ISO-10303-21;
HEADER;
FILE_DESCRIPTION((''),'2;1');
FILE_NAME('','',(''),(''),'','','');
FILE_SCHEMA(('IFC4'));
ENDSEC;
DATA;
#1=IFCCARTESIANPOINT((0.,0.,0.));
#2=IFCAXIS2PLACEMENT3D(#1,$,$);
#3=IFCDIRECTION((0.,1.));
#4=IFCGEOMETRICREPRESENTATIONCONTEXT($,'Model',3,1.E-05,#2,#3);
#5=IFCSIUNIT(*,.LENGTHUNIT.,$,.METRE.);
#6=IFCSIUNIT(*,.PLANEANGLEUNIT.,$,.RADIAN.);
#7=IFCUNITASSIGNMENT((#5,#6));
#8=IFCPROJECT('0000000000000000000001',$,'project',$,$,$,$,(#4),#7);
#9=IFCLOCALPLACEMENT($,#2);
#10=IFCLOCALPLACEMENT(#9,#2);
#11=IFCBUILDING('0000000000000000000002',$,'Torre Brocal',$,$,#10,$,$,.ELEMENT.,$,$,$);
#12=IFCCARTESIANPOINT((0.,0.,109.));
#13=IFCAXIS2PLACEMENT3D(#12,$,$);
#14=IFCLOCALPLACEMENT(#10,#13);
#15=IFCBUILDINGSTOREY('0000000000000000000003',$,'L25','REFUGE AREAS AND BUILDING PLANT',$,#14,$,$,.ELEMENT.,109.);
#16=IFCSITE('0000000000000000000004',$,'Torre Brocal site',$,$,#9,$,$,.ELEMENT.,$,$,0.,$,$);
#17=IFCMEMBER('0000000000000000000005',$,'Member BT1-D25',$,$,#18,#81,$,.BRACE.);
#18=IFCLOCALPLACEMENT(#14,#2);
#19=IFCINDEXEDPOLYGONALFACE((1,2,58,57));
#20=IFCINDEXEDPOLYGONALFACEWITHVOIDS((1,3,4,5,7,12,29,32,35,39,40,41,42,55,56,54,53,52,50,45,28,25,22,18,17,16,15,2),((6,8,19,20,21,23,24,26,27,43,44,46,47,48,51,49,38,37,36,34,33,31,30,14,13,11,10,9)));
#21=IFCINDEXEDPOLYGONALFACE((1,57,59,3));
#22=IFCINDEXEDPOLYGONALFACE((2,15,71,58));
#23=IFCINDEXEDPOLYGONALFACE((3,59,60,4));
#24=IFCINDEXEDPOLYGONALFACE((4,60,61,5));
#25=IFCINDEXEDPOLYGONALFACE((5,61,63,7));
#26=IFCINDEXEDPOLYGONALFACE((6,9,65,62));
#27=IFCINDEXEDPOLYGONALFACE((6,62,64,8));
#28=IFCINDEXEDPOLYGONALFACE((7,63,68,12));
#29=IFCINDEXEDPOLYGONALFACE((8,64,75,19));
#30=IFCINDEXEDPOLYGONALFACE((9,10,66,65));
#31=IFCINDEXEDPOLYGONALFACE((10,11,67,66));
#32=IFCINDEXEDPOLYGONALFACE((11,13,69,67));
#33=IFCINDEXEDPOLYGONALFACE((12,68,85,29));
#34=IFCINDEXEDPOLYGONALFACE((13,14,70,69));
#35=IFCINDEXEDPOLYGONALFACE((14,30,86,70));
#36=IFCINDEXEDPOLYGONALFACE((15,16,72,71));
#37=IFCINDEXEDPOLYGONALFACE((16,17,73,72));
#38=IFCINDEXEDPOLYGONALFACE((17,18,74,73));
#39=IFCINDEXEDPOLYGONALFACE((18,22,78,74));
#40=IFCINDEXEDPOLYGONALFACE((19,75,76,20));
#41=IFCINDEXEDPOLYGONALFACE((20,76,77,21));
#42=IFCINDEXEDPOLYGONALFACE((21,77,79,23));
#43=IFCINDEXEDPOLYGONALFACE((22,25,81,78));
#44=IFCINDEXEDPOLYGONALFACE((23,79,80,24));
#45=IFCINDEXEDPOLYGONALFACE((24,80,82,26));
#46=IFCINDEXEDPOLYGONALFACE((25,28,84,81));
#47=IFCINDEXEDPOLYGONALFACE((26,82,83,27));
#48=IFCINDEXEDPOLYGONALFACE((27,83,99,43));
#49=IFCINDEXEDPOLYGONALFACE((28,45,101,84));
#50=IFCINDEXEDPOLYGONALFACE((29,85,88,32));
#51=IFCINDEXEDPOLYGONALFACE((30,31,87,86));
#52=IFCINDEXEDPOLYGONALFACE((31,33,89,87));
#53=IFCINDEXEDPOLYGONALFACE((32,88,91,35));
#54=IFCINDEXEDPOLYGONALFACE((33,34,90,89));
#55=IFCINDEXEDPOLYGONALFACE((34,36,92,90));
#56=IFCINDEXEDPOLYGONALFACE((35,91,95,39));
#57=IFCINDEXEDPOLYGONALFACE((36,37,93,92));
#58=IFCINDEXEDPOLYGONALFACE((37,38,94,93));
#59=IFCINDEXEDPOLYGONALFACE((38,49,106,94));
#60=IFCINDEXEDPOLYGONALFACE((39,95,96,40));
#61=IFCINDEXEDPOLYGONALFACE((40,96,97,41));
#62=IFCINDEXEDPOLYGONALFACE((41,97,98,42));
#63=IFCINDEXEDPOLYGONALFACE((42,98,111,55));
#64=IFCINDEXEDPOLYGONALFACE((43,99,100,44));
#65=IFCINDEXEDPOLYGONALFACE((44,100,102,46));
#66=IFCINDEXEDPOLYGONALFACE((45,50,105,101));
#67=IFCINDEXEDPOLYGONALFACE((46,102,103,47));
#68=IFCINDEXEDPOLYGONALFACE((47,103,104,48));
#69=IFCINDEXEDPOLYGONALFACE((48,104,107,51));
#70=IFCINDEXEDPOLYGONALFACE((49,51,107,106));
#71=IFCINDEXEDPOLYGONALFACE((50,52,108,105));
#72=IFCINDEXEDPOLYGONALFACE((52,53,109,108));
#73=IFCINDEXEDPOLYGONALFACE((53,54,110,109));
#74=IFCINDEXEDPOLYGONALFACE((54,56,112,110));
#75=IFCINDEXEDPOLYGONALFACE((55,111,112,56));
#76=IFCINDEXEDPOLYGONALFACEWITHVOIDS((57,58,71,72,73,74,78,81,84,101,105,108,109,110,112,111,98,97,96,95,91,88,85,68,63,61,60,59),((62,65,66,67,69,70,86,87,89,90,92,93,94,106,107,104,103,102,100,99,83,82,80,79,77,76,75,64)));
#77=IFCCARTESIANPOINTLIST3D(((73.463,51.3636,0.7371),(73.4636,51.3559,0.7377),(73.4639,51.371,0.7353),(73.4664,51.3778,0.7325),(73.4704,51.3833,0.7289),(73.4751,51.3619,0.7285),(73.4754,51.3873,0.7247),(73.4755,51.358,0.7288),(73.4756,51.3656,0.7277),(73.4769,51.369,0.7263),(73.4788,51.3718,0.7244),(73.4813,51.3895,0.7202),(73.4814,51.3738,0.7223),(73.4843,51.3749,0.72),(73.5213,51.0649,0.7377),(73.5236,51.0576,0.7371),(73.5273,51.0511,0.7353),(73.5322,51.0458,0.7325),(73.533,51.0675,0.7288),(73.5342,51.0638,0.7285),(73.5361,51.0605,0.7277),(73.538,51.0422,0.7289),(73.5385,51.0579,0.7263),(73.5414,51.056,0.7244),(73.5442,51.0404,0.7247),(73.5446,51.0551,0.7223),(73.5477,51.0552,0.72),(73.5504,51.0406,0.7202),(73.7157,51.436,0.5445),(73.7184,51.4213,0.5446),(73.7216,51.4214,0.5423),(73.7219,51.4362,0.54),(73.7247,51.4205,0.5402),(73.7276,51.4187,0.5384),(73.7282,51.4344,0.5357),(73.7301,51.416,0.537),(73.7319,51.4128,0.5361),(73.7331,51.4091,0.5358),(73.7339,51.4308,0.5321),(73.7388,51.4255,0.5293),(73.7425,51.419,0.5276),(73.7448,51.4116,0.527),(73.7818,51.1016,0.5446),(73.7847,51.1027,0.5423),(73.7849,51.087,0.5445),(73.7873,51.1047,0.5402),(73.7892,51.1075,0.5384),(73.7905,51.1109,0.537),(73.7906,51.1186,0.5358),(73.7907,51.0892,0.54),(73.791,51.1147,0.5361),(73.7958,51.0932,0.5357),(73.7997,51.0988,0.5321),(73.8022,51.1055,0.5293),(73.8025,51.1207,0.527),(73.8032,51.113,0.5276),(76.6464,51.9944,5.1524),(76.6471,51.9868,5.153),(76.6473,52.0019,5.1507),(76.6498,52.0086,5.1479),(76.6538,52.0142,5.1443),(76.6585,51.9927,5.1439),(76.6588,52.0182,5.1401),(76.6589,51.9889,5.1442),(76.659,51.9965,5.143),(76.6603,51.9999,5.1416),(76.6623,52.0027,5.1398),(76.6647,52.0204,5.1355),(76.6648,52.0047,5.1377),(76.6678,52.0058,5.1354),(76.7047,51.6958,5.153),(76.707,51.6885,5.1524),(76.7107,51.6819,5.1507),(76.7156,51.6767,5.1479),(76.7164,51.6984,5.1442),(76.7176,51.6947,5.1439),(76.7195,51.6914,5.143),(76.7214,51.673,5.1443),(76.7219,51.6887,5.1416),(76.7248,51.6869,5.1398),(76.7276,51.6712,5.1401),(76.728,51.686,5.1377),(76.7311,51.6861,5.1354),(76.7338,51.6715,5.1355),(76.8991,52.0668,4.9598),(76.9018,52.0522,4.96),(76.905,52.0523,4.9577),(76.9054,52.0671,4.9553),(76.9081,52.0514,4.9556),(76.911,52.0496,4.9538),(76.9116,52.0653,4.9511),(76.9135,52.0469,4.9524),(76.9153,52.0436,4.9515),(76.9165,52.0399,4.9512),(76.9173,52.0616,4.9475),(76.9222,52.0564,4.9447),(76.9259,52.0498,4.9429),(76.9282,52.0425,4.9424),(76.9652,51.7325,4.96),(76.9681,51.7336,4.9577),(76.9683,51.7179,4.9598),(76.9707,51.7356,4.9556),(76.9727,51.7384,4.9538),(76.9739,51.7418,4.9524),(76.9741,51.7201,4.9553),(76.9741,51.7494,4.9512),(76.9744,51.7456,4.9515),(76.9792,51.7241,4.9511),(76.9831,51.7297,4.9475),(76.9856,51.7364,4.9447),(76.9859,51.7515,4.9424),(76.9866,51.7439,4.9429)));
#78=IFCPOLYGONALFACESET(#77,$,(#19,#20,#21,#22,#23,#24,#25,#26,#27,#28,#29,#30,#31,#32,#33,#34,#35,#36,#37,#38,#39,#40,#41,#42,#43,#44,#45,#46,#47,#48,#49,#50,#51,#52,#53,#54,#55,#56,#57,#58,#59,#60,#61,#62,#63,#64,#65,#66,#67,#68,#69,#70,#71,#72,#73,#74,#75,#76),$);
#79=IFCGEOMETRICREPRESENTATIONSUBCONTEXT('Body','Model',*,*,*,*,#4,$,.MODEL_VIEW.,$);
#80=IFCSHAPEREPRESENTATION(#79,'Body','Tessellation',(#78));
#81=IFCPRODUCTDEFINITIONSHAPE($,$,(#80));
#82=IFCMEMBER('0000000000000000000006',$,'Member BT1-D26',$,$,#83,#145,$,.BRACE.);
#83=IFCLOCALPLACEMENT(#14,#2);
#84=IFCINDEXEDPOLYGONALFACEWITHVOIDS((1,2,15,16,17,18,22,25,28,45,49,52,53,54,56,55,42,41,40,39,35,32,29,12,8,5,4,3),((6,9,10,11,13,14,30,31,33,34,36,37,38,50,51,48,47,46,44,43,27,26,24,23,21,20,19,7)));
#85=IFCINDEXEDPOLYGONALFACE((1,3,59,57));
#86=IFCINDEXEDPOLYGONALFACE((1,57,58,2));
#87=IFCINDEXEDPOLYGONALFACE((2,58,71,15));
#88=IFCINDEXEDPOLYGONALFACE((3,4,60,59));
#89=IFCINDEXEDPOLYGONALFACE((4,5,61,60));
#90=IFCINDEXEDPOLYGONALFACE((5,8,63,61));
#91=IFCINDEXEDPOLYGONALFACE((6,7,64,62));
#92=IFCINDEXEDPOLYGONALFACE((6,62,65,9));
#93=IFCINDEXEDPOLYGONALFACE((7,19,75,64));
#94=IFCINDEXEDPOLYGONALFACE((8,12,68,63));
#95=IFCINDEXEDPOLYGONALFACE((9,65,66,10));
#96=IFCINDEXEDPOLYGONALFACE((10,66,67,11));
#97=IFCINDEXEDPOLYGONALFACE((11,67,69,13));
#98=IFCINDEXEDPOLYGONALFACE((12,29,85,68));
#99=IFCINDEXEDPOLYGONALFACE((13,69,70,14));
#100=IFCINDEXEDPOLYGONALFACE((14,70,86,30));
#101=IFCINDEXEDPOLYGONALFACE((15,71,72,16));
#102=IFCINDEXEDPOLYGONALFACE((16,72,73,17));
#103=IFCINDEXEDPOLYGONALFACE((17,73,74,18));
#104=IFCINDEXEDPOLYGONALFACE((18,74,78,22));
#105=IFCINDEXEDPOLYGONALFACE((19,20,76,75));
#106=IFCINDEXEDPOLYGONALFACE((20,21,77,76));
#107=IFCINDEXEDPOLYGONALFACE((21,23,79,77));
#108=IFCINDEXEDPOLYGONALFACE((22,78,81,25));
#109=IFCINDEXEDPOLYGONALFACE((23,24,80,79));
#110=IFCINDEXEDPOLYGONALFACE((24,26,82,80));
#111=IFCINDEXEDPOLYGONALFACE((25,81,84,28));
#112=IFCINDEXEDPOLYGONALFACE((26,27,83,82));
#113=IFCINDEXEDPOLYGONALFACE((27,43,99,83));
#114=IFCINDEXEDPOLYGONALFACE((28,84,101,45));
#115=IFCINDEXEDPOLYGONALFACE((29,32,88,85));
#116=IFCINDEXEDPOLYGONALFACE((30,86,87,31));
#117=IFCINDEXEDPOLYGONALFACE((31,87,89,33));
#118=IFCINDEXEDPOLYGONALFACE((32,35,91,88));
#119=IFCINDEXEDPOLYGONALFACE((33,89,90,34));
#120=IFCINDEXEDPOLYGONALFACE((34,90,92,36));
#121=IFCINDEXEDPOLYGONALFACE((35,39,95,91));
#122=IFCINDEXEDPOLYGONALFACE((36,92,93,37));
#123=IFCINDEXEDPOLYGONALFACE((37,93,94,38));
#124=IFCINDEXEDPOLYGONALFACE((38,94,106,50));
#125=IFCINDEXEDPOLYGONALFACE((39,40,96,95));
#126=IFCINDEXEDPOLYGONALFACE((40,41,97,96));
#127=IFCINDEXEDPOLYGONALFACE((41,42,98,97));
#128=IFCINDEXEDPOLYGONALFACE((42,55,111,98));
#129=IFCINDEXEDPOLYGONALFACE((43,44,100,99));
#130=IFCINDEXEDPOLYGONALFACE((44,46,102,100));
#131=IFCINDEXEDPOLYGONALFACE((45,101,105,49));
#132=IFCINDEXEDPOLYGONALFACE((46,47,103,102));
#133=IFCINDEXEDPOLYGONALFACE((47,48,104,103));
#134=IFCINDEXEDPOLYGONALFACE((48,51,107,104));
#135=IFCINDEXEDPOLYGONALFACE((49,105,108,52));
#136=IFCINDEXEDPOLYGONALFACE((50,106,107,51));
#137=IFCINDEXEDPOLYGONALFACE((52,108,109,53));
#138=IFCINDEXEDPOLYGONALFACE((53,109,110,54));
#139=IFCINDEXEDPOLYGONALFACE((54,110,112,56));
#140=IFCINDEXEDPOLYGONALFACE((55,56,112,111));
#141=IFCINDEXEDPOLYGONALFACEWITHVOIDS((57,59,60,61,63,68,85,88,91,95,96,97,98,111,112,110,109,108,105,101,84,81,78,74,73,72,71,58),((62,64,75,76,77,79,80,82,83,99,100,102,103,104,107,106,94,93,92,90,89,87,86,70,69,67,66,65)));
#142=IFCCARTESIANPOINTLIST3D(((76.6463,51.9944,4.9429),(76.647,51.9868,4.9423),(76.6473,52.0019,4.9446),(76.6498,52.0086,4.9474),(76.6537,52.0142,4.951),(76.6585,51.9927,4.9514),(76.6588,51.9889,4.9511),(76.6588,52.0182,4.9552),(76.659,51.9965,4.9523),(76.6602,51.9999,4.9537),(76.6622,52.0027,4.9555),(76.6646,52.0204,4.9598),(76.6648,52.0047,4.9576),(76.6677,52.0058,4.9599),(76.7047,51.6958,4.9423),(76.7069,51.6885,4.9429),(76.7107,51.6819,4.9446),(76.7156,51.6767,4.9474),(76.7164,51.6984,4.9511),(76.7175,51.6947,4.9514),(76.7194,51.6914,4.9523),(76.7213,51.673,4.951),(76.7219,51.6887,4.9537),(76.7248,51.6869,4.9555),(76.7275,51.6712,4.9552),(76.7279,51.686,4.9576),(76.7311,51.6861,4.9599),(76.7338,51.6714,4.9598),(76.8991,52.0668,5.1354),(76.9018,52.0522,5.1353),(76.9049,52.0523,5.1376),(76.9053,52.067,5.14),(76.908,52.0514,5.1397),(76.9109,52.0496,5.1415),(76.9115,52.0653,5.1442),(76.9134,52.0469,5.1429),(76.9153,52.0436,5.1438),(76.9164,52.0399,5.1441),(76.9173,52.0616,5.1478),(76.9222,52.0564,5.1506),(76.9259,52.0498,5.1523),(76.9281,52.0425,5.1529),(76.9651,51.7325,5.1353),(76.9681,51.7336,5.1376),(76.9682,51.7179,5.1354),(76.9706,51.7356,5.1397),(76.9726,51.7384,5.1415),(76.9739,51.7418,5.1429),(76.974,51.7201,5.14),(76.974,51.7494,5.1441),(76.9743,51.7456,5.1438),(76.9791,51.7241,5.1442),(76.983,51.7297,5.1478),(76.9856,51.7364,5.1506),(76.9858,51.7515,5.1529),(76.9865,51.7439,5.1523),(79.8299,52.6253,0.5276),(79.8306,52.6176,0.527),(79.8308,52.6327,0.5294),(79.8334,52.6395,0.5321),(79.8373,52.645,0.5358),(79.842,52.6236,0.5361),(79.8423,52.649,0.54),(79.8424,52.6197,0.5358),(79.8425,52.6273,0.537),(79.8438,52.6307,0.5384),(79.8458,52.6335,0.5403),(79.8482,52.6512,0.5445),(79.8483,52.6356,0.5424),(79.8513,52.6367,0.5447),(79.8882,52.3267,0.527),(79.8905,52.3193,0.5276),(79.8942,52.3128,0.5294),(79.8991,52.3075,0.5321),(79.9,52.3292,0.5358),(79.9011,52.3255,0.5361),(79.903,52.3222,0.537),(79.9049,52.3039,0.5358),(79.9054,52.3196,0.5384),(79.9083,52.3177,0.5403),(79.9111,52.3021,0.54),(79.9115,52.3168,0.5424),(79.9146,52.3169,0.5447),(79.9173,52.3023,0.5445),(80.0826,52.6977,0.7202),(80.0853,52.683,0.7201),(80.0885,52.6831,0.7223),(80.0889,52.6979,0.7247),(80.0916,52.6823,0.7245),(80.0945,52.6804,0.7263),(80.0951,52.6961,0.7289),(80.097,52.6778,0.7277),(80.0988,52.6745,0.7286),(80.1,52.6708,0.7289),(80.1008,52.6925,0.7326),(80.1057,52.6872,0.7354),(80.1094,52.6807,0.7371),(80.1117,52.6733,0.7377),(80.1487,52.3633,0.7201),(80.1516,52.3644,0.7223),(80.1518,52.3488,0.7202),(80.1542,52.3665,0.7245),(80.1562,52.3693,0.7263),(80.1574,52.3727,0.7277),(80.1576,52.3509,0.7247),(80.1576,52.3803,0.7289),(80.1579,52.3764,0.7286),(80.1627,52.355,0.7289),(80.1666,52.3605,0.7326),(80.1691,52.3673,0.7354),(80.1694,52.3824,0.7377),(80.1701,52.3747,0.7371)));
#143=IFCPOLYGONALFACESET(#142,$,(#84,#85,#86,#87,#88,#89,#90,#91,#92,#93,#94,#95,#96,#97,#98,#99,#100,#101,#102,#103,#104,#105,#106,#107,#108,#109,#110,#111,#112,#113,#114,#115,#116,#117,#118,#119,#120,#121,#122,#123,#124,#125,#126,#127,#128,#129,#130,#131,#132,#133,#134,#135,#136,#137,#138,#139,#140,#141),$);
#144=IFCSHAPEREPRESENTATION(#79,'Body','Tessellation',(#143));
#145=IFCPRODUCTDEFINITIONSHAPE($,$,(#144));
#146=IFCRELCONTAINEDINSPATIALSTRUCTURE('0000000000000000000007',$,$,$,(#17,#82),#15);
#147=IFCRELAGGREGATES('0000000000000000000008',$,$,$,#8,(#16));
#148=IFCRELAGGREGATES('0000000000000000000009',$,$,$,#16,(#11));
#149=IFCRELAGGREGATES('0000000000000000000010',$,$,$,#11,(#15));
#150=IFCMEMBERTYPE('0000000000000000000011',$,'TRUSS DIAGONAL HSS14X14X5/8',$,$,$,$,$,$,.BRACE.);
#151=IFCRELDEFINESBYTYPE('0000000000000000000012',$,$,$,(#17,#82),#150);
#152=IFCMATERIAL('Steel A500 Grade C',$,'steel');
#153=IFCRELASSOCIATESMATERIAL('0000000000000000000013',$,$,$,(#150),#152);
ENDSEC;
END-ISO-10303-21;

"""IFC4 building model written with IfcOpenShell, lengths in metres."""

from ifc_helpers import new_model, si_unit, direction, frame, origin, origin_2d, place, context, subcontext, project, spatial, hollow_rectangle, extrude, material, material_profile, profile_set, type_object, element, save


model = new_model("IFC4")

# Units and contexts
model_context = context("Model", 3, precision=1e-05, world=origin(), true_north=direction((0.0, 1.0)))
body_context = subcontext(model_context, "Body", "Model", "MODEL_VIEW")
ifc_project = project(units=[si_unit("LENGTHUNIT", "METRE"), si_unit("PLANEANGLEUNIT", "RADIAN")], contexts=[model_context])

# Site, building, storey
site_placement = place(None, origin())
site = spatial("IfcSite", under=ifc_project, at=site_placement, Name="Torre Brocal site", CompositionType="ELEMENT", RefElevation=0.0)
building_placement = place(site_placement, origin())
building = spatial("IfcBuilding", under=site, at=building_placement, Name="Torre Brocal", CompositionType="ELEMENT")
storey_placement = place(building_placement, frame((0.0, 0.0, 109.0)))
storey = spatial("IfcBuildingStorey", under=building, at=storey_placement, Name="L25", Description="REFUGE AREAS AND BUILDING PLANT", CompositionType="ELEMENT", Elevation=109.0)

# Members
ifc_material_1 = material(Name="Steel A500 Grade C", Category="steel")
ifc_material_profile_1 = material_profile(ifc_material_1, hollow_rectangle(XDim=0.3557, YDim=0.3557, WallThickness=0.0149, InnerFilletRadius=0.0149, OuterFilletRadius=0.0295, at=origin_2d()), Name="HSS14X14X5/8")
ifc_profile_set_1 = profile_set([ifc_material_profile_1], Name="Steel A500 Grade C")
member_type_1 = type_object("IfcMemberType", Name="TRUSS DIAGONAL HSS14X14X5/8", PredefinedType="BRACE", material=ifc_profile_set_1)
for number, where, z_axis, x_axis, name in (
    (1, (73.6331, 51.2383, 0.6323), (0.580942, 0.115128, 0.805762), (-0.194394, 0.980923, 0.0), "Member BT1-D25"),
    (2, (76.8164, 51.8691, 5.0476), (0.580971, 0.115125, -0.805741), (-0.19438, 0.980926, 0.0), "Member BT1-D26"),
):
    element("IfcMember", number, at=place(storey_placement, frame(where, z_axis=z_axis, x_axis=x_axis)), inside=storey, type_object=member_type_1, Name=name, PredefinedType="BRACE", context=body_context, shape_type="SweptSolid", body=[
        extrude(hollow_rectangle(XDim=0.3557, YDim=0.3557, WallThickness=0.0149, InnerFilletRadius=0.0149, OuterFilletRadius=0.0295, at=origin_2d()), origin(), (0.0, 0.0, 1.0), 5.4797),
    ])

save(model, "model.ifc")
